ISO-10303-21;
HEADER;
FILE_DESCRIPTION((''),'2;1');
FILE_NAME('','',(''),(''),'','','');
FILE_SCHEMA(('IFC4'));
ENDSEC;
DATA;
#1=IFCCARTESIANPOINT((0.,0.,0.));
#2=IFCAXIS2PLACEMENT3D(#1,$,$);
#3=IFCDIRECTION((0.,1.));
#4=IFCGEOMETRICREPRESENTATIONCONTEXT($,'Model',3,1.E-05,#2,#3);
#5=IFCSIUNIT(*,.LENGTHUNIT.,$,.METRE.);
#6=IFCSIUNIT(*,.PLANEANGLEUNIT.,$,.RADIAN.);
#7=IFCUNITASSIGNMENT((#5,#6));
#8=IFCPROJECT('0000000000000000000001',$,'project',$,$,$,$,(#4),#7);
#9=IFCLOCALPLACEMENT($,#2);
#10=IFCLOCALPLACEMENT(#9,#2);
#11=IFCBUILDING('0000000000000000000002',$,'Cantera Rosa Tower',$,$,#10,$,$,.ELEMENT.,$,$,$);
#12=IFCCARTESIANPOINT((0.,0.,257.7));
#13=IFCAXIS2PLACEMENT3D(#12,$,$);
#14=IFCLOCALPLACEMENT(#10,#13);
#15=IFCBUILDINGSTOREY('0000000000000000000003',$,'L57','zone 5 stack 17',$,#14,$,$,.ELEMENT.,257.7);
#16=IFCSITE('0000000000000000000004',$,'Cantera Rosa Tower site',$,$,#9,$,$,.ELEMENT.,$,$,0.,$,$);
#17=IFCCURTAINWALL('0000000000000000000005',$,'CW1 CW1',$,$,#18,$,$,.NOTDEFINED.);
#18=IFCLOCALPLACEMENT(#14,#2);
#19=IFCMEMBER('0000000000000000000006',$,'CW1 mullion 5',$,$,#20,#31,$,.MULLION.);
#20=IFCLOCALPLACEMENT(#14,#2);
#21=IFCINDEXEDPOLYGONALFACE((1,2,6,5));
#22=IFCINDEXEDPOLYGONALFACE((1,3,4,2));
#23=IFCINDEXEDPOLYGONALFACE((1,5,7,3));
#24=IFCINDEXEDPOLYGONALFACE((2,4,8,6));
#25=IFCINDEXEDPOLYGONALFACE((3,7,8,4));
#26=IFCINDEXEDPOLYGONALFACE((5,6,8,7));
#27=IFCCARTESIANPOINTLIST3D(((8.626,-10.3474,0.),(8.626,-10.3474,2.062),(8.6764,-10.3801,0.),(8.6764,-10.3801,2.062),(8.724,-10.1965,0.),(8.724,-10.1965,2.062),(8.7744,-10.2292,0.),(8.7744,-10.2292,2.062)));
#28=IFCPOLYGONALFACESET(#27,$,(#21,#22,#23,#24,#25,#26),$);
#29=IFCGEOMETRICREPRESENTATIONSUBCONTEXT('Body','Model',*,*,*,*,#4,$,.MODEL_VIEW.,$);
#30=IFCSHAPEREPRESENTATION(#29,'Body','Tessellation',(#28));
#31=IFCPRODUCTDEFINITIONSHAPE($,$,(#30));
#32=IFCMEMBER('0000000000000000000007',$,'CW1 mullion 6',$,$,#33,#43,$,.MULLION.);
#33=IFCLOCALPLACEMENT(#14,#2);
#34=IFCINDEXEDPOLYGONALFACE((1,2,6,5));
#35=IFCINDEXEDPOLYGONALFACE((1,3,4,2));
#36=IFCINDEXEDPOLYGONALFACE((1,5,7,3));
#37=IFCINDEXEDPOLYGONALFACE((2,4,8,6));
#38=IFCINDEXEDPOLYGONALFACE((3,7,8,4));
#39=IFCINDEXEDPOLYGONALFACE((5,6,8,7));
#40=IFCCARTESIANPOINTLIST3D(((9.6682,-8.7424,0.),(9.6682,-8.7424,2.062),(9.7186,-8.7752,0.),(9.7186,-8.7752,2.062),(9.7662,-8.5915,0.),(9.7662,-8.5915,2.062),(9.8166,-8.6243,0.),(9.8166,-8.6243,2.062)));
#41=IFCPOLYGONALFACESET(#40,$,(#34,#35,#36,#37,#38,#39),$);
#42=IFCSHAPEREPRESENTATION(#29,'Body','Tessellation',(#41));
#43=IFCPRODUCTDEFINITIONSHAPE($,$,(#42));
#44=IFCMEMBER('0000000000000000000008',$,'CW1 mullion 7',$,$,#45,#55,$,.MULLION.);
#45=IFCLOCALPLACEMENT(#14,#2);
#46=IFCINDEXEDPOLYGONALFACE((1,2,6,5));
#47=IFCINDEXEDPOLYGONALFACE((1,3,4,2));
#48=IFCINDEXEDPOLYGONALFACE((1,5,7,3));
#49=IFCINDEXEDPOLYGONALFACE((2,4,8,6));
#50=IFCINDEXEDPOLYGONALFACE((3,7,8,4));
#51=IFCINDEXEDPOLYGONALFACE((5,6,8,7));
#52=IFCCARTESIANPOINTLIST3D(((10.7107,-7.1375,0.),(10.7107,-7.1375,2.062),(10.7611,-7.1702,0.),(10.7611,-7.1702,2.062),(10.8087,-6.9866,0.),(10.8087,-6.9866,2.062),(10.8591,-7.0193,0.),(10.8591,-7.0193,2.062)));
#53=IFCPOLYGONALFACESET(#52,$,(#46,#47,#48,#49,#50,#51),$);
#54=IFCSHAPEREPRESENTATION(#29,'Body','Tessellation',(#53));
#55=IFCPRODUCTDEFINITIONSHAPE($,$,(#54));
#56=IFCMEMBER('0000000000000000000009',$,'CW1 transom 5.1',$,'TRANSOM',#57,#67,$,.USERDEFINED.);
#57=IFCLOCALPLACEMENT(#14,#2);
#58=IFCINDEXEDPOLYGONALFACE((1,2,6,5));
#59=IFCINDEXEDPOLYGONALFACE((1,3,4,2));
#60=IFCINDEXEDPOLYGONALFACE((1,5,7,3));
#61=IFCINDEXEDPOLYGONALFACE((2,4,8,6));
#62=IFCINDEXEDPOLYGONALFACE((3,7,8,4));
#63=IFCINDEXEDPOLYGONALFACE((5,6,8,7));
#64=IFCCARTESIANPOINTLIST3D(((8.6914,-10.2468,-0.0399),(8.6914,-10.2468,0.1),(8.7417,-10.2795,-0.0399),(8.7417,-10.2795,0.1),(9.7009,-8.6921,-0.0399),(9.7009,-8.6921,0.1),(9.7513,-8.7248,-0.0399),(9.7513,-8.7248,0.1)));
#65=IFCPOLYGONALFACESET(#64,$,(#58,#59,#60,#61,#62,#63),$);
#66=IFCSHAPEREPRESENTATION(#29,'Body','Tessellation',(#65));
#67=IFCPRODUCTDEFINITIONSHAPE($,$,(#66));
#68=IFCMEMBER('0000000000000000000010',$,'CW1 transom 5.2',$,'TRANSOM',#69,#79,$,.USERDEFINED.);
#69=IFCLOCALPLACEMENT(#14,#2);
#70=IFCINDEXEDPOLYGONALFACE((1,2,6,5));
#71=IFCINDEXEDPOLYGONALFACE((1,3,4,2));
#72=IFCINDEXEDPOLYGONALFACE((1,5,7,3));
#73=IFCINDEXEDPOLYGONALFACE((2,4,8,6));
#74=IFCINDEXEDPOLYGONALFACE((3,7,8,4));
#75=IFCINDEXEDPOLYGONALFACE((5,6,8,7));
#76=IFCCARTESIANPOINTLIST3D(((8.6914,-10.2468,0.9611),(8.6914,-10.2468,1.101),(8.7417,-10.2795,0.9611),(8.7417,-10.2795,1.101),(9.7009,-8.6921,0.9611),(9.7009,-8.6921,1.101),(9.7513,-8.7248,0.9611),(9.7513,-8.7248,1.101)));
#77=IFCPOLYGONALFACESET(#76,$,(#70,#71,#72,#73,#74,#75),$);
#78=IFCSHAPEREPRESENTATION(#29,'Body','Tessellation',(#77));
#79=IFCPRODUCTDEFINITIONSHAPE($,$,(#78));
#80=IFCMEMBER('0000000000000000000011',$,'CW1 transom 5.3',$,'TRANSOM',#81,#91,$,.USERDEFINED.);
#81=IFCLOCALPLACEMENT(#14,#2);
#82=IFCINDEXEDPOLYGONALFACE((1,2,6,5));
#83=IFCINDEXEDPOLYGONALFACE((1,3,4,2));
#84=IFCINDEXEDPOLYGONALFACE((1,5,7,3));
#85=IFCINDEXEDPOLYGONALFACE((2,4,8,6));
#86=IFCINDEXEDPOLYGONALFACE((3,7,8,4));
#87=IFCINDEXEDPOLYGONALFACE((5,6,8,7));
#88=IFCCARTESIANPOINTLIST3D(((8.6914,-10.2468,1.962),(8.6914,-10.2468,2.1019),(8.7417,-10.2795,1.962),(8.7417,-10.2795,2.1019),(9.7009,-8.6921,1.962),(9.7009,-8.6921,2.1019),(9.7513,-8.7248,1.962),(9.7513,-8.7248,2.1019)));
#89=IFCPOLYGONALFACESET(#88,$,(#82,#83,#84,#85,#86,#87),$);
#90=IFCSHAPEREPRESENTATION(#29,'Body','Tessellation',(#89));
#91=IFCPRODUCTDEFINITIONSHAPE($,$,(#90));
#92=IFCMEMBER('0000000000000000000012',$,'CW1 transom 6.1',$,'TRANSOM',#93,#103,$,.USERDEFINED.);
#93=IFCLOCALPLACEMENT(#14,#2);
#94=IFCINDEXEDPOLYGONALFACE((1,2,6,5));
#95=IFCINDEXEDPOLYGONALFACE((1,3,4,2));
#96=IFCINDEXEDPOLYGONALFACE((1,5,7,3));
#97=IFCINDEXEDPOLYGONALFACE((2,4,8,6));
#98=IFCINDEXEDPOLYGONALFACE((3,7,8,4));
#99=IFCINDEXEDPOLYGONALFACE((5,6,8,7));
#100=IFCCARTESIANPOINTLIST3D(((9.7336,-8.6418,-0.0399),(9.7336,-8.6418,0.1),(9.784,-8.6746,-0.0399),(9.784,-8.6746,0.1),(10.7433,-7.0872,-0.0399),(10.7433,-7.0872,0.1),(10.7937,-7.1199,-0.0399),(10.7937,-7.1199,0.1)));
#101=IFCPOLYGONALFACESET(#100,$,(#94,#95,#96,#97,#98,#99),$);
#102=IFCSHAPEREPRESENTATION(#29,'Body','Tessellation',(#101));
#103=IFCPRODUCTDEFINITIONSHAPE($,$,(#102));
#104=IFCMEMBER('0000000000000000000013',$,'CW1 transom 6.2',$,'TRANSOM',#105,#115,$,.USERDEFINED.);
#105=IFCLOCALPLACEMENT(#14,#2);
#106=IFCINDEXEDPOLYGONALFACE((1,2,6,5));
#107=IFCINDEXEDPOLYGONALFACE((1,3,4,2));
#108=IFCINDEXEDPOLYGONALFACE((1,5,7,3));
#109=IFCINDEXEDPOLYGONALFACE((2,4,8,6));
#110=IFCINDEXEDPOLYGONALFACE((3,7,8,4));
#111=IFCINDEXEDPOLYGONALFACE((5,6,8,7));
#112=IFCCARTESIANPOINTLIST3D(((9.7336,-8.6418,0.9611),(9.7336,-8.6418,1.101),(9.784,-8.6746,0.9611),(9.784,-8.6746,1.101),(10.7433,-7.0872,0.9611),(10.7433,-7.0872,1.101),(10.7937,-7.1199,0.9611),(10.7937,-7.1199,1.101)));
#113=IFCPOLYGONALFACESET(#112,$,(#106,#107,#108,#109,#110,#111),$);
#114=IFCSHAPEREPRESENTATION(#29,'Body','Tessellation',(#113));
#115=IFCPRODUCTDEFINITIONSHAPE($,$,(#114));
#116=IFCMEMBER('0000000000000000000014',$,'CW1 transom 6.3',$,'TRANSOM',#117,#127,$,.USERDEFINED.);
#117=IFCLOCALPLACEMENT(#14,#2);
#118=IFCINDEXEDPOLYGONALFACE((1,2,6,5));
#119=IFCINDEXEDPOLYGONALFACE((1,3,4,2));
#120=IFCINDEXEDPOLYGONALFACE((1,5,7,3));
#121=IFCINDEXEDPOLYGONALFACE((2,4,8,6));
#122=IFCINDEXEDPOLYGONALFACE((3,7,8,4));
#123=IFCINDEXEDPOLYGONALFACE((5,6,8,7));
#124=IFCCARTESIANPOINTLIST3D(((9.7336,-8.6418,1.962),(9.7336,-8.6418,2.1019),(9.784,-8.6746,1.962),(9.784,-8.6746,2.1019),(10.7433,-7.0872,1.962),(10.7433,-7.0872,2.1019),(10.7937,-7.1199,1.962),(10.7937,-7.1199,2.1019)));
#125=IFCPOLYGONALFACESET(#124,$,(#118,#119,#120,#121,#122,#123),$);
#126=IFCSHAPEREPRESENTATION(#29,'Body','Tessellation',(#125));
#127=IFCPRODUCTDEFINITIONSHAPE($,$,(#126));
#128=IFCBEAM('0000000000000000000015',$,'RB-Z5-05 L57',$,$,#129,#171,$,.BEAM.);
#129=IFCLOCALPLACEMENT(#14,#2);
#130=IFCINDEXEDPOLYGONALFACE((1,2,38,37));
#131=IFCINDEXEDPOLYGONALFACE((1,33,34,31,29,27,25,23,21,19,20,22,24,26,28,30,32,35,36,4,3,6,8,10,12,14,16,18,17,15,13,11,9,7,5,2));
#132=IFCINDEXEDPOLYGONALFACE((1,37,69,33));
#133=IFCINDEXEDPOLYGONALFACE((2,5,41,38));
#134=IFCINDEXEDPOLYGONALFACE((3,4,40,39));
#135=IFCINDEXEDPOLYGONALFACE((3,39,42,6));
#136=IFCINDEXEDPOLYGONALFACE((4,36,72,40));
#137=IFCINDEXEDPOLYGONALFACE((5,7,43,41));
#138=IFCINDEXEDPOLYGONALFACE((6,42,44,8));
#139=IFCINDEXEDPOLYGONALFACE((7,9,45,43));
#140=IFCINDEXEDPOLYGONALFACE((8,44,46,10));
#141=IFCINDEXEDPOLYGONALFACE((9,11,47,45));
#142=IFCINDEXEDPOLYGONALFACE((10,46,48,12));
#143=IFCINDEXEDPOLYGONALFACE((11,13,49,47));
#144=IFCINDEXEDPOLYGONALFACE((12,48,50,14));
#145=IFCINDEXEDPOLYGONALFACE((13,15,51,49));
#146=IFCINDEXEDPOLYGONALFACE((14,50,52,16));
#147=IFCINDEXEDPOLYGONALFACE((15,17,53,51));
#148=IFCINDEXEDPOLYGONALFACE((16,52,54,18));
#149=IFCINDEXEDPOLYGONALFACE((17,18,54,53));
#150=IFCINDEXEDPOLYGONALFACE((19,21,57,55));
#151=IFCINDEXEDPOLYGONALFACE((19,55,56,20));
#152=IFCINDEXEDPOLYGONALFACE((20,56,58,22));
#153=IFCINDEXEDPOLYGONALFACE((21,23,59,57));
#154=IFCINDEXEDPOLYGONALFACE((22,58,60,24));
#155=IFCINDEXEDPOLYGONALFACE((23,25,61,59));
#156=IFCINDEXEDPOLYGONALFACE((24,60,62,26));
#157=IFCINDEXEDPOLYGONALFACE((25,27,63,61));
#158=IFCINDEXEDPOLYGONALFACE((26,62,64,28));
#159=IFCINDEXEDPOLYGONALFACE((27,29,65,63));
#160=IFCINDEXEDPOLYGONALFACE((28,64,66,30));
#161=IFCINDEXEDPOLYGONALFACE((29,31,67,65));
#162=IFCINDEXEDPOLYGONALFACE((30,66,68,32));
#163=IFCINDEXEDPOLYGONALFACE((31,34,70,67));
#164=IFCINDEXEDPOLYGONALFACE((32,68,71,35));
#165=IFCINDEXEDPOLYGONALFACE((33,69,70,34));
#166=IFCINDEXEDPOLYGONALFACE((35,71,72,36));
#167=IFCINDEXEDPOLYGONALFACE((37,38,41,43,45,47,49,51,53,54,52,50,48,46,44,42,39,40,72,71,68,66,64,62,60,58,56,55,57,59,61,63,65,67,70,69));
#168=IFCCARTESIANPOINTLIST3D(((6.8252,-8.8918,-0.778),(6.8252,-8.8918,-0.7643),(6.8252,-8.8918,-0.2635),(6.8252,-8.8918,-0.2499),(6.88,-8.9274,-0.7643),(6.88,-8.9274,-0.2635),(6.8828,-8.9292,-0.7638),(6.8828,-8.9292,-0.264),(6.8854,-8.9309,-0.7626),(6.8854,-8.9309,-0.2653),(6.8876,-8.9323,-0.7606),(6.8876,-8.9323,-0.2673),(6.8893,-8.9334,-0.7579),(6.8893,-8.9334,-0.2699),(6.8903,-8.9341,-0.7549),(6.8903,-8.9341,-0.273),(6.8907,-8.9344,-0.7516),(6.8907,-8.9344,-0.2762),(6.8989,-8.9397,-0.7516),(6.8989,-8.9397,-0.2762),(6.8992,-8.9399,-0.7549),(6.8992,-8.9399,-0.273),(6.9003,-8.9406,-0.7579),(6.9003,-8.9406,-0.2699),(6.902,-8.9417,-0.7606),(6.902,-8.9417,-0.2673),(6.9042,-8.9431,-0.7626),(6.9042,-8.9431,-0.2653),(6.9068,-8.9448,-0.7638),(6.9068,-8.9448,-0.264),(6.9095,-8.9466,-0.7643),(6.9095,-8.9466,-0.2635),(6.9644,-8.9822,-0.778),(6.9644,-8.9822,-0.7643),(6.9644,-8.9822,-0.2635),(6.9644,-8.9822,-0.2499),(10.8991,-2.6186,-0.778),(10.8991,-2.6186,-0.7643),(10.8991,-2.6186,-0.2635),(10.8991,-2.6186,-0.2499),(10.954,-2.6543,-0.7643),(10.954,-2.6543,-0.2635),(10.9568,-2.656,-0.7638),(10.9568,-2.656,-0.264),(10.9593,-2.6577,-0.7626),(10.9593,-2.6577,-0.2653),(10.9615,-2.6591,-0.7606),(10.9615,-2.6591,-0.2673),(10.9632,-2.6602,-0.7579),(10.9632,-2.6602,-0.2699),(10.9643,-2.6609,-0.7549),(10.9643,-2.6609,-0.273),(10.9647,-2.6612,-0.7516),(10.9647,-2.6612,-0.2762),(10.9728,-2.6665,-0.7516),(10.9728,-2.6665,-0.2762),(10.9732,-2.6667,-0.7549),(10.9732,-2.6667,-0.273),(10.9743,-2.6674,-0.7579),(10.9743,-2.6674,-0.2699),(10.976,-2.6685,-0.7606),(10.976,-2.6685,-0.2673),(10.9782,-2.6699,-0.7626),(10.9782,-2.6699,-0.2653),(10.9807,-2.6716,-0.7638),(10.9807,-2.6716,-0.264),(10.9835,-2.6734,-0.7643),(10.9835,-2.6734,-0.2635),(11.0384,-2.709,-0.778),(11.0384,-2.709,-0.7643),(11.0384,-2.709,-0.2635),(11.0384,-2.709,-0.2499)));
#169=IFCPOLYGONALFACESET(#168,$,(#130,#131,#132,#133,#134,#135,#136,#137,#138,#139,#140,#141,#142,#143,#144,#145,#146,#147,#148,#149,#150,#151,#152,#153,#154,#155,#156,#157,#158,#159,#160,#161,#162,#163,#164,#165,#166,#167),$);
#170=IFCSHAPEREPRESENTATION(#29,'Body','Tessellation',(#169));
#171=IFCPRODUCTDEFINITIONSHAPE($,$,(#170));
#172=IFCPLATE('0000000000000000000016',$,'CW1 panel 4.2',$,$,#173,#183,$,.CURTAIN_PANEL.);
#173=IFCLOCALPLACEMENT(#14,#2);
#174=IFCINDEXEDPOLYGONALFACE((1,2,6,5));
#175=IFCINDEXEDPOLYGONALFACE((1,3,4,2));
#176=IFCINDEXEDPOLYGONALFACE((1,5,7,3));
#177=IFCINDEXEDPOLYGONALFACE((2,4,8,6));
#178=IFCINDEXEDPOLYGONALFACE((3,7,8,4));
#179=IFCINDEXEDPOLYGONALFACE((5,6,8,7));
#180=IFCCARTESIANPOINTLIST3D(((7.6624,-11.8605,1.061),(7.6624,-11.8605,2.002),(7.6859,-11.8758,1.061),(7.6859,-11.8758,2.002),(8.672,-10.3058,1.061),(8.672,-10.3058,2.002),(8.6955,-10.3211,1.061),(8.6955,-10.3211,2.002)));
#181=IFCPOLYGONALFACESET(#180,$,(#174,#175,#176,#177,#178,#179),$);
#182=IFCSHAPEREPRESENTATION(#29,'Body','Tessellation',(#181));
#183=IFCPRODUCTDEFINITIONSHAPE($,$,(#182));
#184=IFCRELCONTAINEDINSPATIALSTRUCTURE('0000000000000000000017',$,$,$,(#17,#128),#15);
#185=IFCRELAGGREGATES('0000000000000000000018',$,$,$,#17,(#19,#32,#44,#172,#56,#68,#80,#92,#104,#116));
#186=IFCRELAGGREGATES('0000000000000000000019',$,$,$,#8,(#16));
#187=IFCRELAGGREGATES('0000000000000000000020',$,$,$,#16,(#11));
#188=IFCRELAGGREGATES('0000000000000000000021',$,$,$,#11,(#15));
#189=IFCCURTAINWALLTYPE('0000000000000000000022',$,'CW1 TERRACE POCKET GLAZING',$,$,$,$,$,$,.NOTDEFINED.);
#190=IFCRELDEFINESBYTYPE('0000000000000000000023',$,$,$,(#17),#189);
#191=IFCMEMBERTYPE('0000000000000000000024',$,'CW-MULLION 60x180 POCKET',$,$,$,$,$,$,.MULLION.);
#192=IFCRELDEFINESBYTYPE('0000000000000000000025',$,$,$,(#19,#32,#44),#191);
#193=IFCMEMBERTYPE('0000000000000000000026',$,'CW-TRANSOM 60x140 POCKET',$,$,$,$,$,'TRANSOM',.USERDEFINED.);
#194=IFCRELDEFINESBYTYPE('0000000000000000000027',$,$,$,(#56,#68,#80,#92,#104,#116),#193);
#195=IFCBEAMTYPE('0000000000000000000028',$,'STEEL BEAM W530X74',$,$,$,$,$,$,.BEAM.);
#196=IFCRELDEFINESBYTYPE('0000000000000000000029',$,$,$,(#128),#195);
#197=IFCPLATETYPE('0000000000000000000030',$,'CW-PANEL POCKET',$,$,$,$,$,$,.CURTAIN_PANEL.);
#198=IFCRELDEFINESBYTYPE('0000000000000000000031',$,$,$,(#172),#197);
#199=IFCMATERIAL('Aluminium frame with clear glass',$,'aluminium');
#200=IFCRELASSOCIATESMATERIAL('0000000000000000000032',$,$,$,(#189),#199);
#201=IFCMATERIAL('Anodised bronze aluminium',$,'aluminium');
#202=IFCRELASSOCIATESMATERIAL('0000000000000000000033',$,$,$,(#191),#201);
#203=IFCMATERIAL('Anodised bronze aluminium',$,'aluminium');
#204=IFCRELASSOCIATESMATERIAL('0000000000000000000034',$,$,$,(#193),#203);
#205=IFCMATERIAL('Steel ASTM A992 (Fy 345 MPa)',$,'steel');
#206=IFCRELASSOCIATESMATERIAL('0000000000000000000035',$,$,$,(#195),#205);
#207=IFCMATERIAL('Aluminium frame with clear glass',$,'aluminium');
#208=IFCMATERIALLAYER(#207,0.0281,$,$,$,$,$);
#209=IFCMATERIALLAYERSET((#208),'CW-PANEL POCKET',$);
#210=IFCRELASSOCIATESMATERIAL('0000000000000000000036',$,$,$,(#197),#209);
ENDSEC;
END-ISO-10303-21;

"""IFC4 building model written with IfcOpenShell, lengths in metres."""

from ifc_helpers import new_model, si_unit, direction, frame, origin, origin_2d, place, context, subcontext, project, spatial, rectangle, i_section, extrude, material, layer, layer_set, material_profile, profile_set, type_object, element, aggregate, save


model = new_model("IFC4")

# Units and contexts
model_context = context("Model", 3, precision=1e-05, world=origin(), true_north=direction((0.0, 1.0)))
body_context = subcontext(model_context, "Body", "Model", "MODEL_VIEW")
ifc_project = project(units=[si_unit("LENGTHUNIT", "METRE"), si_unit("PLANEANGLEUNIT", "RADIAN")], contexts=[model_context])

# Site, building, storey
site_placement = place(None, origin())
site = spatial("IfcSite", under=ifc_project, at=site_placement, Name="Cantera Rosa Tower site", CompositionType="ELEMENT", RefElevation=0.0)
building_placement = place(site_placement, origin())
building = spatial("IfcBuilding", under=site, at=building_placement, Name="Cantera Rosa Tower", CompositionType="ELEMENT")
storey_placement = place(building_placement, frame((0.0, 0.0, 257.7)))
storey = spatial("IfcBuildingStorey", under=building, at=storey_placement, Name="L57", Description="zone 5 stack 17", CompositionType="ELEMENT", Elevation=257.7)

# Curtain wall, members
ifc_material_1 = material(Name="Aluminium frame with clear glass", Category="aluminium")
curtain_wall_type = type_object("IfcCurtainWallType", Name="CW1 TERRACE POCKET GLAZING", PredefinedType="NOTDEFINED", material=ifc_material_1)
curtain_wall_placement = place(storey_placement, origin())
curtain_wall = element("IfcCurtainWall", 1, at=curtain_wall_placement, inside=storey, type_object=curtain_wall_type, Name="CW1 CW1", PredefinedType="NOTDEFINED")
ifc_material_2 = material(Name="Anodised bronze aluminium", Category="aluminium")
ifc_material_profile_1 = material_profile(ifc_material_2, rectangle(XDim=0.0601, YDim=0.1799, at=origin_2d()), Name="CW-MULLION 60x180 POCKET")
ifc_profile_set_1 = profile_set([ifc_material_profile_1], Name="Anodised bronze aluminium")
member_type_1 = type_object("IfcMemberType", Name="CW-MULLION 60x180 POCKET", PredefinedType="MULLION", material=ifc_profile_set_1)
member_1_placement = place(storey_placement, frame((8.7002, -10.2883, 0.0), z_axis=(0.0, 0.0, 1.0), x_axis=(-0.838671, 0.544639, 0.0)))
member_1 = element("IfcMember", 2, at=member_1_placement, type_object=member_type_1, Name="CW1 mullion 5", PredefinedType="MULLION", context=body_context, shape_type="SweptSolid", body=[
    extrude(rectangle(XDim=0.0601, YDim=0.1799, at=origin_2d()), origin(), (0.0, 0.0, 1.0), 2.062),
])
member_2_placement = place(storey_placement, frame((9.7424, -8.6833, 0.0), z_axis=(0.0, 0.0, 1.0), x_axis=(-0.838671, 0.544639, 0.0)))
member_2 = element("IfcMember", 3, at=member_2_placement, type_object=member_type_1, Name="CW1 mullion 6", PredefinedType="MULLION", context=body_context, shape_type="SweptSolid", body=[
    extrude(rectangle(XDim=0.0601, YDim=0.1799, at=origin_2d()), origin(), (0.0, 0.0, 1.0), 2.062),
])
member_3_placement = place(storey_placement, frame((10.7849, -7.0784, 0.0), z_axis=(0.0, 0.0, 1.0), x_axis=(-0.838671, 0.544639, 0.0)))
member_3 = element("IfcMember", 4, at=member_3_placement, type_object=member_type_1, Name="CW1 mullion 7", PredefinedType="MULLION", context=body_context, shape_type="SweptSolid", body=[
    extrude(rectangle(XDim=0.0601, YDim=0.1799, at=origin_2d()), origin(), (0.0, 0.0, 1.0), 2.062),
])
ifc_material_3 = material(Name="Anodised bronze aluminium", Category="aluminium")
ifc_material_profile_2 = material_profile(ifc_material_3, rectangle(XDim=0.0601, YDim=0.1399, at=origin_2d()), Name="CW-TRANSOM 60x140 POCKET")
ifc_profile_set_2 = profile_set([ifc_material_profile_2], Name="Anodised bronze aluminium")
member_type_2 = type_object("IfcMemberType", Name="CW-TRANSOM 60x140 POCKET", ElementType="TRANSOM", PredefinedType="USERDEFINED", material=ifc_profile_set_2)
member_4_placement = place(storey_placement, frame((8.7166, -10.2632, 0.03), z_axis=(0.544599, 0.838696, 0.0), x_axis=(-0.838696, 0.544599, 0.0)))
member_4 = element("IfcMember", 5, at=member_4_placement, type_object=member_type_2, Name="CW1 transom 5.1", ObjectType="TRANSOM", PredefinedType="USERDEFINED", context=body_context, shape_type="SweptSolid", body=[
    extrude(rectangle(XDim=0.0601, YDim=0.1399, at=origin_2d()), origin(), (0.0, 0.0, 1.0), 1.8538),
])
member_5_placement = place(storey_placement, frame((8.7166, -10.2632, 1.031), z_axis=(0.544599, 0.838696, 0.0), x_axis=(-0.838696, 0.544599, 0.0)))
member_5 = element("IfcMember", 6, at=member_5_placement, type_object=member_type_2, Name="CW1 transom 5.2", ObjectType="TRANSOM", PredefinedType="USERDEFINED", context=body_context, shape_type="SweptSolid", body=[
    extrude(rectangle(XDim=0.0601, YDim=0.1399, at=origin_2d()), origin(), (0.0, 0.0, 1.0), 1.8538),
])
member_6_placement = place(storey_placement, frame((8.7166, -10.2632, 2.032), z_axis=(0.544599, 0.838696, 0.0), x_axis=(-0.838696, 0.544599, 0.0)))
member_6 = element("IfcMember", 7, at=member_6_placement, type_object=member_type_2, Name="CW1 transom 5.3", ObjectType="TRANSOM", PredefinedType="USERDEFINED", context=body_context, shape_type="SweptSolid", body=[
    extrude(rectangle(XDim=0.0601, YDim=0.1399, at=origin_2d()), origin(), (0.0, 0.0, 1.0), 1.8538),
])
member_7_placement = place(storey_placement, frame((9.7588, -8.6582, 0.03), z_axis=(0.544692, 0.838636, 0.0), x_axis=(-0.838636, 0.544692, 0.0)))
member_7 = element("IfcMember", 8, at=member_7_placement, type_object=member_type_2, Name="CW1 transom 6.1", ObjectType="TRANSOM", PredefinedType="USERDEFINED", context=body_context, shape_type="SweptSolid", body=[
    extrude(rectangle(XDim=0.0601, YDim=0.1399, at=origin_2d()), origin(), (0.0, 0.0, 1.0), 1.8538),
])
member_8_placement = place(storey_placement, frame((9.7588, -8.6582, 1.031), z_axis=(0.544692, 0.838636, 0.0), x_axis=(-0.838636, 0.544692, 0.0)))
member_8 = element("IfcMember", 9, at=member_8_placement, type_object=member_type_2, Name="CW1 transom 6.2", ObjectType="TRANSOM", PredefinedType="USERDEFINED", context=body_context, shape_type="SweptSolid", body=[
    extrude(rectangle(XDim=0.0601, YDim=0.1399, at=origin_2d()), origin(), (0.0, 0.0, 1.0), 1.8538),
])
member_9_placement = place(storey_placement, frame((9.7588, -8.6582, 2.032), z_axis=(0.544692, 0.838636, 0.0), x_axis=(-0.838636, 0.544692, 0.0)))
member_9 = element("IfcMember", 10, at=member_9_placement, type_object=member_type_2, Name="CW1 transom 6.3", ObjectType="TRANSOM", PredefinedType="USERDEFINED", context=body_context, shape_type="SweptSolid", body=[
    extrude(rectangle(XDim=0.0601, YDim=0.1399, at=origin_2d()), origin(), (0.0, 0.0, 1.0), 1.8538),
])

# Beam
ifc_material_4 = material(Name="Steel ASTM A992 (Fy 345 MPa)", Category="steel")
ifc_material_profile_3 = material_profile(ifc_material_4, i_section(OverallWidth=0.166, OverallDepth=0.5281, WebThickness=0.0098, FlangeThickness=0.0137, FilletRadius=0.0127, at=origin_2d()), Name="W530X74")
ifc_profile_set_3 = profile_set([ifc_material_profile_3], Name="Steel ASTM A992 (Fy 345 MPa)")
beam_type = type_object("IfcBeamType", Name="STEEL BEAM W530X74", PredefinedType="BEAM", material=ifc_profile_set_3)
beam_placement = place(storey_placement, frame((6.8948, -8.937, -0.5139), z_axis=(0.54465, 0.838664, 0.0), x_axis=(-0.838664, 0.54465, 0.0)))
element("IfcBeam", 11, at=beam_placement, inside=storey, type_object=beam_type, Name="RB-Z5-05 L57", PredefinedType="BEAM", context=body_context, shape_type="SweptSolid", body=[
    extrude(i_section(OverallWidth=0.166, OverallDepth=0.5281, WebThickness=0.0098, FlangeThickness=0.0137, FilletRadius=0.0127, at=origin_2d()), origin(), (0.0, 0.0, 1.0), 7.48),
])

# Plate
ifc_material_5 = material(Name="Aluminium frame with clear glass", Category="aluminium")
ifc_layer_1 = layer(ifc_material_5, 0.0281)
ifc_layer_set_1 = layer_set([ifc_layer_1], Name="CW-PANEL POCKET")
plate_type = type_object("IfcPlateType", Name="CW-PANEL POCKET", PredefinedType="CURTAIN_PANEL", material=ifc_layer_set_1)
plate_1_placement = place(storey_placement, frame((8.179, -11.0908, 1.061), z_axis=(0.0, 0.0, 1.0), x_axis=(0.544639, 0.838671, 0.0)))
plate_1 = element("IfcPlate", 12, at=plate_1_placement, type_object=plate_type, Name="CW1 panel 4.2", PredefinedType="CURTAIN_PANEL", context=body_context, shape_type="SweptSolid", body=[
    extrude(rectangle(XDim=1.8538, YDim=0.0281, at=origin_2d()), origin(), (0.0, 0.0, 1.0), 0.9409),
])
aggregate(curtain_wall, [member_1, member_2, member_3, plate_1, member_4, member_5, member_6, member_7, member_8, member_9])

save(model, "model.ifc")
